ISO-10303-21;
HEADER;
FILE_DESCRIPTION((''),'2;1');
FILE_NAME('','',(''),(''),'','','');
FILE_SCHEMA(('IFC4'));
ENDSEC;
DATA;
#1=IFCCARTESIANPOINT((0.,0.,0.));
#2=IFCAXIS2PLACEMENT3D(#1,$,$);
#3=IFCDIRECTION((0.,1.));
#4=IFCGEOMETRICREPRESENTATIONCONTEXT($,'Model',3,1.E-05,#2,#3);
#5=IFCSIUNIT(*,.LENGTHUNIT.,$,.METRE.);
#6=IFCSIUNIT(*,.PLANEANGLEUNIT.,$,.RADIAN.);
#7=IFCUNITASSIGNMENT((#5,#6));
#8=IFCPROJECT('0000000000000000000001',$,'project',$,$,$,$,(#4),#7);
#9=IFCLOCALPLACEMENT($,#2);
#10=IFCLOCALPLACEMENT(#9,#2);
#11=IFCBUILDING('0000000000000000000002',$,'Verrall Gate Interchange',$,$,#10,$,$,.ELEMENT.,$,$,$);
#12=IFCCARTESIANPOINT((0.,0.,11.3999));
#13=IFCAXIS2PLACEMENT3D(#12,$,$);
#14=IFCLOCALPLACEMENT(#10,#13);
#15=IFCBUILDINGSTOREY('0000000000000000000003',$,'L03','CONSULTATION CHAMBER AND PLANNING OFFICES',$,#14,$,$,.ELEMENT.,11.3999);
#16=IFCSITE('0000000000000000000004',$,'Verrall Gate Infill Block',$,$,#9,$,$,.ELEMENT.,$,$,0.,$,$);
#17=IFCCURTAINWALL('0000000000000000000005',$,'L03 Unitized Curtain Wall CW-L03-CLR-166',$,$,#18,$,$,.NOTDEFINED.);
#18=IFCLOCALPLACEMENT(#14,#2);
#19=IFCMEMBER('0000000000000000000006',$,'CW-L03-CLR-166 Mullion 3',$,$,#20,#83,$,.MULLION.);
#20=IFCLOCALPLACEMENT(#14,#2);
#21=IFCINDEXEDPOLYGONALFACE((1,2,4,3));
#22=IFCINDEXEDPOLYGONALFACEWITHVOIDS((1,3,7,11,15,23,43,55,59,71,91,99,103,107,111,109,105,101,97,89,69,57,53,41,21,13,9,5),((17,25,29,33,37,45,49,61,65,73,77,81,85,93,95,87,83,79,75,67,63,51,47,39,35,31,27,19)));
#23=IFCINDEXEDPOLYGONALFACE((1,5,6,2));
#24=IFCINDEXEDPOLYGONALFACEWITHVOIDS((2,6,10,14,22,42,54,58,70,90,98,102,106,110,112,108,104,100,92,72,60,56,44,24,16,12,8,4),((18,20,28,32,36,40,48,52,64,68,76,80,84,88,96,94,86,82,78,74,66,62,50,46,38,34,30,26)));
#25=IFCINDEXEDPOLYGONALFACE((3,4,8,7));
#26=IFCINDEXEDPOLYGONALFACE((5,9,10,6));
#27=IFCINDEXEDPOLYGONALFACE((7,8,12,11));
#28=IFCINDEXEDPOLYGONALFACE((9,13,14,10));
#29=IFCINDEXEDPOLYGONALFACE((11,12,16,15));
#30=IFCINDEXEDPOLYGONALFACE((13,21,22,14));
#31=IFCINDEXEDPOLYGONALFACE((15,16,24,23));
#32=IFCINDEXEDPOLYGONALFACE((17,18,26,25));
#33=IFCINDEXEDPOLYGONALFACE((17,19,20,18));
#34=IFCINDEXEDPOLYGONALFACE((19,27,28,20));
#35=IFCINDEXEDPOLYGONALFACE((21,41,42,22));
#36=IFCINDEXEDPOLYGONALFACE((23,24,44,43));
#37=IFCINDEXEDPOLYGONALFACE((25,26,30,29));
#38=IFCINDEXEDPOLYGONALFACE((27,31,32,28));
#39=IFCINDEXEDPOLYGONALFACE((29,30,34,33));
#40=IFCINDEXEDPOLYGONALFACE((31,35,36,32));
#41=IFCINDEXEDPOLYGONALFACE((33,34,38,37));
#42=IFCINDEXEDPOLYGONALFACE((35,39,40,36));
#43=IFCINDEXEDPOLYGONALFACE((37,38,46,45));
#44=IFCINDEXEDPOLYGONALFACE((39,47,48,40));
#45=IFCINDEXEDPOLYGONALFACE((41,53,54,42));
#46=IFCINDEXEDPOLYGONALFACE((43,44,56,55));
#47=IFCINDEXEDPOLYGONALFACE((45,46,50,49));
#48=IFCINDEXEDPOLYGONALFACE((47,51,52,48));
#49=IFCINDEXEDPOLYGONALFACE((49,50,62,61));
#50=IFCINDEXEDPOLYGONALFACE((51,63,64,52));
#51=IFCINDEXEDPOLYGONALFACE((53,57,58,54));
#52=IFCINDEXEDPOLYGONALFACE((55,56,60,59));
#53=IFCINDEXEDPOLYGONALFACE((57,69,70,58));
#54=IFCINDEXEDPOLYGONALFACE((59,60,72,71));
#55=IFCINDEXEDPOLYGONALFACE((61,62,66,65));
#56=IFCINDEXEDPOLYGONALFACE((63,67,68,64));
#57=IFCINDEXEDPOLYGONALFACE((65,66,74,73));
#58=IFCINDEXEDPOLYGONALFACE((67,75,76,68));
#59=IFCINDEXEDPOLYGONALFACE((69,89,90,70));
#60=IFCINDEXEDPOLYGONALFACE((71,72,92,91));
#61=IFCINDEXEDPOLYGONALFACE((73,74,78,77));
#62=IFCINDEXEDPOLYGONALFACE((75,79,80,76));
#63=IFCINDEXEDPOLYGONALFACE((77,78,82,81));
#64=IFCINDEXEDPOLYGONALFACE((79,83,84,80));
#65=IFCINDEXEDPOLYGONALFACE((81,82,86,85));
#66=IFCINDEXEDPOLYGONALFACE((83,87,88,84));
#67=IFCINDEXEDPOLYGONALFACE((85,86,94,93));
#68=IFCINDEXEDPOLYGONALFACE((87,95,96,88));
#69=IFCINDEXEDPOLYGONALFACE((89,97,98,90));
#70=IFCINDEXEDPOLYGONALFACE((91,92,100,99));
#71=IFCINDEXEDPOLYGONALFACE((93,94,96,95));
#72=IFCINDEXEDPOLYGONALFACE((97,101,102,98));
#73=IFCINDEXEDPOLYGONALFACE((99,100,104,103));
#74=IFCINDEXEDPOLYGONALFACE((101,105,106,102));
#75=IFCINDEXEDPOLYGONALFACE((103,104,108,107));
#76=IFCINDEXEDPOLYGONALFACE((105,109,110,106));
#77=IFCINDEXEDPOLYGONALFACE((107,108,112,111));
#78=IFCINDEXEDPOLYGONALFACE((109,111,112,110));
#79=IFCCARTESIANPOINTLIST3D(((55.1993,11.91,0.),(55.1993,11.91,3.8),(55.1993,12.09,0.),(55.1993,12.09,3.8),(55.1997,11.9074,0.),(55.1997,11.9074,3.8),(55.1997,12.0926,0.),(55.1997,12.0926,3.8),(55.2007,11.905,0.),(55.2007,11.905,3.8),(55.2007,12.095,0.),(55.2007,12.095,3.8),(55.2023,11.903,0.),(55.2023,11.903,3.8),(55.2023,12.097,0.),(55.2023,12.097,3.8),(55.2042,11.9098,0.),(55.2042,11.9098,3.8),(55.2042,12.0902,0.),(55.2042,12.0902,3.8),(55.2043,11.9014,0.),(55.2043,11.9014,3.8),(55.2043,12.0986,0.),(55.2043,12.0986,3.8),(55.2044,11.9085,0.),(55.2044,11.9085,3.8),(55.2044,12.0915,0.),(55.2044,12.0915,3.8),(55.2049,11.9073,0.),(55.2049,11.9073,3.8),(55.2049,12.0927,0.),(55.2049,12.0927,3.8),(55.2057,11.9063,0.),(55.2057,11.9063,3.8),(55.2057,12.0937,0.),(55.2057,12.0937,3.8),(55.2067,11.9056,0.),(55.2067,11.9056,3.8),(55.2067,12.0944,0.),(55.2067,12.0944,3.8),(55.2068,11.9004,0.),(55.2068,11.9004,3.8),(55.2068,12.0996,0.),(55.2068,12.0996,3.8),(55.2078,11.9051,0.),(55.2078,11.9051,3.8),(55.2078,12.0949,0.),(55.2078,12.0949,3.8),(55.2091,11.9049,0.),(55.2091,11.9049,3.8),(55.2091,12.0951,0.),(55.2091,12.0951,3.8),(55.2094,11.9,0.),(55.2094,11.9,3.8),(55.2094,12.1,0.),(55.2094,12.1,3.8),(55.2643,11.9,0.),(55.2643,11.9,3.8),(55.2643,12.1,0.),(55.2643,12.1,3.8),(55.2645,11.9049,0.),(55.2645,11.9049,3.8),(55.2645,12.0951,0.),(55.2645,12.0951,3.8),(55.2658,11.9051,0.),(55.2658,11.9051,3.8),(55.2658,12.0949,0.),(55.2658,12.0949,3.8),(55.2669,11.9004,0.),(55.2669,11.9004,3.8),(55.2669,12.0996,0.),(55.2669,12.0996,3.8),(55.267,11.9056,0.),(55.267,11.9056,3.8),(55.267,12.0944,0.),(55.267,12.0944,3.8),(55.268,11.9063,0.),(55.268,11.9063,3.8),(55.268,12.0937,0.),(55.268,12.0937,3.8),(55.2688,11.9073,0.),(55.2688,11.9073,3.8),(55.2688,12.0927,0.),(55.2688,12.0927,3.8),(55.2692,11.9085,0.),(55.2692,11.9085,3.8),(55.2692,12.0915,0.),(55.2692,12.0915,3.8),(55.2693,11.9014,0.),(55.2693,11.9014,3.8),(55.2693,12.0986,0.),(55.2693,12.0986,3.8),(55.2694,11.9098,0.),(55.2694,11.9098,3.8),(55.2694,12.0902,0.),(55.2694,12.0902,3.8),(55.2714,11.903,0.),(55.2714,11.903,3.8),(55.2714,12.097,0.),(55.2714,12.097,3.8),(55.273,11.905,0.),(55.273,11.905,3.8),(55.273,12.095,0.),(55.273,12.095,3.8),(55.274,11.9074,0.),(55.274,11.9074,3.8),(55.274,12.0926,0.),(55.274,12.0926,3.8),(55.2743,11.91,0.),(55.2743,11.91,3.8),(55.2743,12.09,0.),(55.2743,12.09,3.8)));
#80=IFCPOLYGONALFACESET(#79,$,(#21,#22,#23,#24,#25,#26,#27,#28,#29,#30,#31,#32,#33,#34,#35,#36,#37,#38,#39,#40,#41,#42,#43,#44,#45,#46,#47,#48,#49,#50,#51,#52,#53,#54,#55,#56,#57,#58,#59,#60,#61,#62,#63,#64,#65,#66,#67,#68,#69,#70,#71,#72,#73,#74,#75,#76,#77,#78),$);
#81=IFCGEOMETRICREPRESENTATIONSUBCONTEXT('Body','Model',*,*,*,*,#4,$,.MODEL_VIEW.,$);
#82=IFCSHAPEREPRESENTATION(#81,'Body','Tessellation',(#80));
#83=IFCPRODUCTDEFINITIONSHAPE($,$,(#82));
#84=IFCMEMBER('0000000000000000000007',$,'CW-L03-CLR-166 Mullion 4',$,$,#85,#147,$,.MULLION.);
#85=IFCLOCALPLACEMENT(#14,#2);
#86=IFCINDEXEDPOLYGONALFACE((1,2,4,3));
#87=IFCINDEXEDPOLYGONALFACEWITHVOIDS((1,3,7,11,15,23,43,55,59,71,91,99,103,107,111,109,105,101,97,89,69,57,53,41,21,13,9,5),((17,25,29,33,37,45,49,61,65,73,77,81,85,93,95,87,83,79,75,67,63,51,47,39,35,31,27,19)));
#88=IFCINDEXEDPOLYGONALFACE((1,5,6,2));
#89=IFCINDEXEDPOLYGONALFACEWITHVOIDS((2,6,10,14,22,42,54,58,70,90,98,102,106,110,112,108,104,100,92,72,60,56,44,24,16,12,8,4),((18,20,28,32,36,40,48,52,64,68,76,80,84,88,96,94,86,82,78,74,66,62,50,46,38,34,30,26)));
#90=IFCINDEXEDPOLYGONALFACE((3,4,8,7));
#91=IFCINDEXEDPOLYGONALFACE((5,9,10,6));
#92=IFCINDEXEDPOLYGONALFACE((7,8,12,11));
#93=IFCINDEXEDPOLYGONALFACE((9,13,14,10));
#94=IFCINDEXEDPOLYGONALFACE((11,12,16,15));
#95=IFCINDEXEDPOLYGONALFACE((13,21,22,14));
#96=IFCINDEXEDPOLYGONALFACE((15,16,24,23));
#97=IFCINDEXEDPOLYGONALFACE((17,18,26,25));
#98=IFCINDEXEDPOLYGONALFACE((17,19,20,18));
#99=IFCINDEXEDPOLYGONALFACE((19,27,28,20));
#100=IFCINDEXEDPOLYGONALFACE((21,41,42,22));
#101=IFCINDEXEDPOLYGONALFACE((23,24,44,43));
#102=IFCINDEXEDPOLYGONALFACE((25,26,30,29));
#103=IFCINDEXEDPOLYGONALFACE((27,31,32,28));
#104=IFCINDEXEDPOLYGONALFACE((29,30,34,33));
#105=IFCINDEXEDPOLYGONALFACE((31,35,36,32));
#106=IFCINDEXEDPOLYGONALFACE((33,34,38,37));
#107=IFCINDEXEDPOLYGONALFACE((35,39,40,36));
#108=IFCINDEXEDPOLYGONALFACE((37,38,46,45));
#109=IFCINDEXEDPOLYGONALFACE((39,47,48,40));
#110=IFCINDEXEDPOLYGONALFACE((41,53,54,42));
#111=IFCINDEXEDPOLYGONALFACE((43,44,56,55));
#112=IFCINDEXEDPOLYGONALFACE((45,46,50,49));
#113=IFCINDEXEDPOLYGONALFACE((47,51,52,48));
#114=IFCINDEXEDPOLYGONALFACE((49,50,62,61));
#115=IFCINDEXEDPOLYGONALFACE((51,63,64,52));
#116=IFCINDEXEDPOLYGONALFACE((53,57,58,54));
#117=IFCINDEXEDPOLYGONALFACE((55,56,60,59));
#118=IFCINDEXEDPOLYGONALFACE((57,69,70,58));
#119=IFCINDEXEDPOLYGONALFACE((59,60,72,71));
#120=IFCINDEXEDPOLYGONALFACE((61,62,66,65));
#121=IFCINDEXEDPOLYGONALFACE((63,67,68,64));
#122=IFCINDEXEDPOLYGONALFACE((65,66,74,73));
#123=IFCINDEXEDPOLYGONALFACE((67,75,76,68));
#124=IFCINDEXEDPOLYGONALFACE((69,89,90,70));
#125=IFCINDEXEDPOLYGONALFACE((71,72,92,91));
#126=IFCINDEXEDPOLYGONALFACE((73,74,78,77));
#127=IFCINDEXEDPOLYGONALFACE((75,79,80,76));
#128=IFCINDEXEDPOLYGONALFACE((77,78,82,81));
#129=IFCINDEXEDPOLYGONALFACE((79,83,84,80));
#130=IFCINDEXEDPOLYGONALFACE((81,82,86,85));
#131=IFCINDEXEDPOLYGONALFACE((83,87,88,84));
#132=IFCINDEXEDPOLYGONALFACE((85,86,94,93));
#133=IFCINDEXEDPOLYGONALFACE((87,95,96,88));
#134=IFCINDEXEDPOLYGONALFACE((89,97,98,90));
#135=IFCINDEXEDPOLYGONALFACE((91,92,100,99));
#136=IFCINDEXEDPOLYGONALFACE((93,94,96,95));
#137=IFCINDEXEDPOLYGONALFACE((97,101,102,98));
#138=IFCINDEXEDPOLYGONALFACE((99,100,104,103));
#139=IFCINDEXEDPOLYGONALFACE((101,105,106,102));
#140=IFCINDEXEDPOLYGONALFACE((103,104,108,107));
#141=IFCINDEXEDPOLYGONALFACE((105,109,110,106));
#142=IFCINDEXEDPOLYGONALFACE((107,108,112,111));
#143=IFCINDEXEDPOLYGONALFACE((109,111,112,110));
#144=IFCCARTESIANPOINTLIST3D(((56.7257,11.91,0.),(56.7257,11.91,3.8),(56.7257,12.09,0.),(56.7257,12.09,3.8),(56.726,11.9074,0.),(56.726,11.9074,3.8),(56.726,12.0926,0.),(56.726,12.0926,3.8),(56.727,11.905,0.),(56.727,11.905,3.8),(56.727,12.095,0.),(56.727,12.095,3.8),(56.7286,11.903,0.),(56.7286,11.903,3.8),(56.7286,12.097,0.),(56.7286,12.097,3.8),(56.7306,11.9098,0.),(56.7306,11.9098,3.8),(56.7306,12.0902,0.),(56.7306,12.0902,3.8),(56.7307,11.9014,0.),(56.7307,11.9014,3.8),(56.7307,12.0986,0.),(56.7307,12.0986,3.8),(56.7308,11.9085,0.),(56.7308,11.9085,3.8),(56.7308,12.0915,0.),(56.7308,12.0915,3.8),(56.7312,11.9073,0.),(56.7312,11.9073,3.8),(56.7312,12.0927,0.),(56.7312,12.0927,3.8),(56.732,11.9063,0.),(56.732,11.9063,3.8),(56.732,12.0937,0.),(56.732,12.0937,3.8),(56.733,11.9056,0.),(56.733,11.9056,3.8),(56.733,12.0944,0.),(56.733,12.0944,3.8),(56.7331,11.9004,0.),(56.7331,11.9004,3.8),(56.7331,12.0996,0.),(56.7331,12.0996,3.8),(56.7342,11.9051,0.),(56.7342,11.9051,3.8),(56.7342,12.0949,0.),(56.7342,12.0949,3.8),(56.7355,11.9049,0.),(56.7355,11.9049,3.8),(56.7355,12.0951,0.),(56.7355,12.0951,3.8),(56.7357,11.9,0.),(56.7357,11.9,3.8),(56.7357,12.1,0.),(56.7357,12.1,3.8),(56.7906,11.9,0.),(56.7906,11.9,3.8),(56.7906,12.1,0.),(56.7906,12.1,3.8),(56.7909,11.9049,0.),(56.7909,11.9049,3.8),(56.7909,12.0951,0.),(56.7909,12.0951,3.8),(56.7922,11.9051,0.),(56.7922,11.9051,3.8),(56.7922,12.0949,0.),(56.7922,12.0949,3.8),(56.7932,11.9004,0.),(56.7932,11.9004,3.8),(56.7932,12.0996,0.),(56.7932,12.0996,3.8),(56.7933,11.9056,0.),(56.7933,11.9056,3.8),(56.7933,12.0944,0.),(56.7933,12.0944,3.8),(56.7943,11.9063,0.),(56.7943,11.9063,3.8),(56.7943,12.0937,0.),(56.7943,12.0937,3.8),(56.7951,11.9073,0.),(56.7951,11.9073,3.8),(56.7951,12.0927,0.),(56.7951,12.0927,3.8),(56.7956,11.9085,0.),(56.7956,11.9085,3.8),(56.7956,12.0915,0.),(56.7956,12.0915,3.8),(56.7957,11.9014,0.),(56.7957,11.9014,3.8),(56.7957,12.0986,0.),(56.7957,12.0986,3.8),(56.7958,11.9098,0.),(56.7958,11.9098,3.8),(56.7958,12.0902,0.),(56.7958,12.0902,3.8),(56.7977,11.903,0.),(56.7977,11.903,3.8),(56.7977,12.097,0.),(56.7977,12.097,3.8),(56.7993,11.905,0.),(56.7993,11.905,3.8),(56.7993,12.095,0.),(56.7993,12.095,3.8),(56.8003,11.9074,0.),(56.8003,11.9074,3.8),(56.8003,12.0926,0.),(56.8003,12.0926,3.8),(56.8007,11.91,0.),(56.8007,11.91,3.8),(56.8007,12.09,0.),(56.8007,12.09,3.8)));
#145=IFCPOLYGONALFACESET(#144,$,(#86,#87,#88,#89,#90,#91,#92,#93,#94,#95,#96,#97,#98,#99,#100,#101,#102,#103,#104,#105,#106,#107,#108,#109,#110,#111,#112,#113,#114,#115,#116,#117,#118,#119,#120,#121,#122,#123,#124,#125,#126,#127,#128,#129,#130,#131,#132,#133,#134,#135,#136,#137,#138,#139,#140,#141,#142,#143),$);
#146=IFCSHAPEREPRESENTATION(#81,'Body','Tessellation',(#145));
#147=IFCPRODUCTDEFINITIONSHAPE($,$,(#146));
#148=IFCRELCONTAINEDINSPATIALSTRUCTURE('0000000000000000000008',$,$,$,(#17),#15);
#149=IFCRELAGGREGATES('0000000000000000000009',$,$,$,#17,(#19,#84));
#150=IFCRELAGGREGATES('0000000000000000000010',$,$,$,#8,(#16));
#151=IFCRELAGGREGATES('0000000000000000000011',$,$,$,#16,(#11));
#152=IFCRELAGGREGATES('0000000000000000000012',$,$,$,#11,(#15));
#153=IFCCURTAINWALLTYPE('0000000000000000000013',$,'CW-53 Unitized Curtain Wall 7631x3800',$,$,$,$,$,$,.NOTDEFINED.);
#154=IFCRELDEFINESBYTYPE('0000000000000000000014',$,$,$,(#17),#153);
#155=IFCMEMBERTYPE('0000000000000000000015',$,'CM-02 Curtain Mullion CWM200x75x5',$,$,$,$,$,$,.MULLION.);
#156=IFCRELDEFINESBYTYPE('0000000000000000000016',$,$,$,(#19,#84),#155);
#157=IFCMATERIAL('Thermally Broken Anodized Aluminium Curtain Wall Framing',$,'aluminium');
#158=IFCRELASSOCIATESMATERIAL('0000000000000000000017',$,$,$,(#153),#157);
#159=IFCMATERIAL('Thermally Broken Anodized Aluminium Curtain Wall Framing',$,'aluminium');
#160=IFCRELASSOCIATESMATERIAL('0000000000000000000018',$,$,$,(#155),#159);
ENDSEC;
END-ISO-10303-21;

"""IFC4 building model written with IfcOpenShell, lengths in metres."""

from ifc_helpers import new_model, si_unit, direction, frame, origin, origin_2d, place, context, subcontext, project, spatial, hollow_rectangle, extrude, material, material_profile, profile_set, type_object, element, aggregate, save


model = new_model("IFC4")

# Units and contexts
model_context = context("Model", 3, precision=1e-05, world=origin(), true_north=direction((0.0, 1.0)))
body_context = subcontext(model_context, "Body", "Model", "MODEL_VIEW")
ifc_project = project(units=[si_unit("LENGTHUNIT", "METRE"), si_unit("PLANEANGLEUNIT", "RADIAN")], contexts=[model_context])

# Site, building, storey
site_placement = place(None, origin())
site = spatial("IfcSite", under=ifc_project, at=site_placement, Name="Verrall Gate Infill Block", CompositionType="ELEMENT", RefElevation=0.0)
building_placement = place(site_placement, origin())
building = spatial("IfcBuilding", under=site, at=building_placement, Name="Verrall Gate Interchange", CompositionType="ELEMENT")
storey_placement = place(building_placement, frame((0.0, 0.0, 11.3999)))
storey = spatial("IfcBuildingStorey", under=building, at=storey_placement, Name="L03", Description="CONSULTATION CHAMBER AND PLANNING OFFICES", CompositionType="ELEMENT", Elevation=11.3999)

# Curtain wall, members
ifc_material_1 = material(Name="Thermally Broken Anodized Aluminium Curtain Wall Framing", Category="aluminium")
curtain_wall_type = type_object("IfcCurtainWallType", Name="CW-53 Unitized Curtain Wall 7631x3800", PredefinedType="NOTDEFINED", material=ifc_material_1)
curtain_wall_placement = place(storey_placement, origin())
curtain_wall = element("IfcCurtainWall", 1, at=curtain_wall_placement, inside=storey, type_object=curtain_wall_type, Name="L03 Unitized Curtain Wall CW-L03-CLR-166", PredefinedType="NOTDEFINED")
ifc_material_2 = material(Name="Thermally Broken Anodized Aluminium Curtain Wall Framing", Category="aluminium")
ifc_material_profile_1 = material_profile(ifc_material_2, hollow_rectangle(XDim=0.075, YDim=0.2, WallThickness=0.0049, InnerFilletRadius=0.0049, OuterFilletRadius=0.01, at=origin_2d()), Name="CWM200x75x5")
ifc_profile_set_1 = profile_set([ifc_material_profile_1], Name="Thermally Broken Anodized Aluminium Curtain Wall Framing")
member_type_1 = type_object("IfcMemberType", Name="CM-02 Curtain Mullion CWM200x75x5", PredefinedType="MULLION", material=ifc_profile_set_1)
member_1_placement = place(storey_placement, frame((55.2368, 12.0, 0.0), z_axis=(0.0, 0.0, 1.0), x_axis=(1.0, 0.0, 0.0)))
member_1 = element("IfcMember", 2, at=member_1_placement, type_object=member_type_1, Name="CW-L03-CLR-166 Mullion 3", PredefinedType="MULLION", context=body_context, shape_type="SweptSolid", body=[
    extrude(hollow_rectangle(XDim=0.075, YDim=0.2, WallThickness=0.0049, InnerFilletRadius=0.0049, OuterFilletRadius=0.01, at=origin_2d()), origin(), (0.0, 0.0, 1.0), 3.8),
])
member_2_placement = place(storey_placement, frame((56.7632, 12.0, 0.0), z_axis=(0.0, 0.0, 1.0), x_axis=(1.0, 0.0, 0.0)))
member_2 = element("IfcMember", 3, at=member_2_placement, type_object=member_type_1, Name="CW-L03-CLR-166 Mullion 4", PredefinedType="MULLION", context=body_context, shape_type="SweptSolid", body=[
    extrude(hollow_rectangle(XDim=0.075, YDim=0.2, WallThickness=0.0049, InnerFilletRadius=0.0049, OuterFilletRadius=0.01, at=origin_2d()), origin(), (0.0, 0.0, 1.0), 3.8),
])

aggregate(curtain_wall, [member_1, member_2])

save(model, "model.ifc")
